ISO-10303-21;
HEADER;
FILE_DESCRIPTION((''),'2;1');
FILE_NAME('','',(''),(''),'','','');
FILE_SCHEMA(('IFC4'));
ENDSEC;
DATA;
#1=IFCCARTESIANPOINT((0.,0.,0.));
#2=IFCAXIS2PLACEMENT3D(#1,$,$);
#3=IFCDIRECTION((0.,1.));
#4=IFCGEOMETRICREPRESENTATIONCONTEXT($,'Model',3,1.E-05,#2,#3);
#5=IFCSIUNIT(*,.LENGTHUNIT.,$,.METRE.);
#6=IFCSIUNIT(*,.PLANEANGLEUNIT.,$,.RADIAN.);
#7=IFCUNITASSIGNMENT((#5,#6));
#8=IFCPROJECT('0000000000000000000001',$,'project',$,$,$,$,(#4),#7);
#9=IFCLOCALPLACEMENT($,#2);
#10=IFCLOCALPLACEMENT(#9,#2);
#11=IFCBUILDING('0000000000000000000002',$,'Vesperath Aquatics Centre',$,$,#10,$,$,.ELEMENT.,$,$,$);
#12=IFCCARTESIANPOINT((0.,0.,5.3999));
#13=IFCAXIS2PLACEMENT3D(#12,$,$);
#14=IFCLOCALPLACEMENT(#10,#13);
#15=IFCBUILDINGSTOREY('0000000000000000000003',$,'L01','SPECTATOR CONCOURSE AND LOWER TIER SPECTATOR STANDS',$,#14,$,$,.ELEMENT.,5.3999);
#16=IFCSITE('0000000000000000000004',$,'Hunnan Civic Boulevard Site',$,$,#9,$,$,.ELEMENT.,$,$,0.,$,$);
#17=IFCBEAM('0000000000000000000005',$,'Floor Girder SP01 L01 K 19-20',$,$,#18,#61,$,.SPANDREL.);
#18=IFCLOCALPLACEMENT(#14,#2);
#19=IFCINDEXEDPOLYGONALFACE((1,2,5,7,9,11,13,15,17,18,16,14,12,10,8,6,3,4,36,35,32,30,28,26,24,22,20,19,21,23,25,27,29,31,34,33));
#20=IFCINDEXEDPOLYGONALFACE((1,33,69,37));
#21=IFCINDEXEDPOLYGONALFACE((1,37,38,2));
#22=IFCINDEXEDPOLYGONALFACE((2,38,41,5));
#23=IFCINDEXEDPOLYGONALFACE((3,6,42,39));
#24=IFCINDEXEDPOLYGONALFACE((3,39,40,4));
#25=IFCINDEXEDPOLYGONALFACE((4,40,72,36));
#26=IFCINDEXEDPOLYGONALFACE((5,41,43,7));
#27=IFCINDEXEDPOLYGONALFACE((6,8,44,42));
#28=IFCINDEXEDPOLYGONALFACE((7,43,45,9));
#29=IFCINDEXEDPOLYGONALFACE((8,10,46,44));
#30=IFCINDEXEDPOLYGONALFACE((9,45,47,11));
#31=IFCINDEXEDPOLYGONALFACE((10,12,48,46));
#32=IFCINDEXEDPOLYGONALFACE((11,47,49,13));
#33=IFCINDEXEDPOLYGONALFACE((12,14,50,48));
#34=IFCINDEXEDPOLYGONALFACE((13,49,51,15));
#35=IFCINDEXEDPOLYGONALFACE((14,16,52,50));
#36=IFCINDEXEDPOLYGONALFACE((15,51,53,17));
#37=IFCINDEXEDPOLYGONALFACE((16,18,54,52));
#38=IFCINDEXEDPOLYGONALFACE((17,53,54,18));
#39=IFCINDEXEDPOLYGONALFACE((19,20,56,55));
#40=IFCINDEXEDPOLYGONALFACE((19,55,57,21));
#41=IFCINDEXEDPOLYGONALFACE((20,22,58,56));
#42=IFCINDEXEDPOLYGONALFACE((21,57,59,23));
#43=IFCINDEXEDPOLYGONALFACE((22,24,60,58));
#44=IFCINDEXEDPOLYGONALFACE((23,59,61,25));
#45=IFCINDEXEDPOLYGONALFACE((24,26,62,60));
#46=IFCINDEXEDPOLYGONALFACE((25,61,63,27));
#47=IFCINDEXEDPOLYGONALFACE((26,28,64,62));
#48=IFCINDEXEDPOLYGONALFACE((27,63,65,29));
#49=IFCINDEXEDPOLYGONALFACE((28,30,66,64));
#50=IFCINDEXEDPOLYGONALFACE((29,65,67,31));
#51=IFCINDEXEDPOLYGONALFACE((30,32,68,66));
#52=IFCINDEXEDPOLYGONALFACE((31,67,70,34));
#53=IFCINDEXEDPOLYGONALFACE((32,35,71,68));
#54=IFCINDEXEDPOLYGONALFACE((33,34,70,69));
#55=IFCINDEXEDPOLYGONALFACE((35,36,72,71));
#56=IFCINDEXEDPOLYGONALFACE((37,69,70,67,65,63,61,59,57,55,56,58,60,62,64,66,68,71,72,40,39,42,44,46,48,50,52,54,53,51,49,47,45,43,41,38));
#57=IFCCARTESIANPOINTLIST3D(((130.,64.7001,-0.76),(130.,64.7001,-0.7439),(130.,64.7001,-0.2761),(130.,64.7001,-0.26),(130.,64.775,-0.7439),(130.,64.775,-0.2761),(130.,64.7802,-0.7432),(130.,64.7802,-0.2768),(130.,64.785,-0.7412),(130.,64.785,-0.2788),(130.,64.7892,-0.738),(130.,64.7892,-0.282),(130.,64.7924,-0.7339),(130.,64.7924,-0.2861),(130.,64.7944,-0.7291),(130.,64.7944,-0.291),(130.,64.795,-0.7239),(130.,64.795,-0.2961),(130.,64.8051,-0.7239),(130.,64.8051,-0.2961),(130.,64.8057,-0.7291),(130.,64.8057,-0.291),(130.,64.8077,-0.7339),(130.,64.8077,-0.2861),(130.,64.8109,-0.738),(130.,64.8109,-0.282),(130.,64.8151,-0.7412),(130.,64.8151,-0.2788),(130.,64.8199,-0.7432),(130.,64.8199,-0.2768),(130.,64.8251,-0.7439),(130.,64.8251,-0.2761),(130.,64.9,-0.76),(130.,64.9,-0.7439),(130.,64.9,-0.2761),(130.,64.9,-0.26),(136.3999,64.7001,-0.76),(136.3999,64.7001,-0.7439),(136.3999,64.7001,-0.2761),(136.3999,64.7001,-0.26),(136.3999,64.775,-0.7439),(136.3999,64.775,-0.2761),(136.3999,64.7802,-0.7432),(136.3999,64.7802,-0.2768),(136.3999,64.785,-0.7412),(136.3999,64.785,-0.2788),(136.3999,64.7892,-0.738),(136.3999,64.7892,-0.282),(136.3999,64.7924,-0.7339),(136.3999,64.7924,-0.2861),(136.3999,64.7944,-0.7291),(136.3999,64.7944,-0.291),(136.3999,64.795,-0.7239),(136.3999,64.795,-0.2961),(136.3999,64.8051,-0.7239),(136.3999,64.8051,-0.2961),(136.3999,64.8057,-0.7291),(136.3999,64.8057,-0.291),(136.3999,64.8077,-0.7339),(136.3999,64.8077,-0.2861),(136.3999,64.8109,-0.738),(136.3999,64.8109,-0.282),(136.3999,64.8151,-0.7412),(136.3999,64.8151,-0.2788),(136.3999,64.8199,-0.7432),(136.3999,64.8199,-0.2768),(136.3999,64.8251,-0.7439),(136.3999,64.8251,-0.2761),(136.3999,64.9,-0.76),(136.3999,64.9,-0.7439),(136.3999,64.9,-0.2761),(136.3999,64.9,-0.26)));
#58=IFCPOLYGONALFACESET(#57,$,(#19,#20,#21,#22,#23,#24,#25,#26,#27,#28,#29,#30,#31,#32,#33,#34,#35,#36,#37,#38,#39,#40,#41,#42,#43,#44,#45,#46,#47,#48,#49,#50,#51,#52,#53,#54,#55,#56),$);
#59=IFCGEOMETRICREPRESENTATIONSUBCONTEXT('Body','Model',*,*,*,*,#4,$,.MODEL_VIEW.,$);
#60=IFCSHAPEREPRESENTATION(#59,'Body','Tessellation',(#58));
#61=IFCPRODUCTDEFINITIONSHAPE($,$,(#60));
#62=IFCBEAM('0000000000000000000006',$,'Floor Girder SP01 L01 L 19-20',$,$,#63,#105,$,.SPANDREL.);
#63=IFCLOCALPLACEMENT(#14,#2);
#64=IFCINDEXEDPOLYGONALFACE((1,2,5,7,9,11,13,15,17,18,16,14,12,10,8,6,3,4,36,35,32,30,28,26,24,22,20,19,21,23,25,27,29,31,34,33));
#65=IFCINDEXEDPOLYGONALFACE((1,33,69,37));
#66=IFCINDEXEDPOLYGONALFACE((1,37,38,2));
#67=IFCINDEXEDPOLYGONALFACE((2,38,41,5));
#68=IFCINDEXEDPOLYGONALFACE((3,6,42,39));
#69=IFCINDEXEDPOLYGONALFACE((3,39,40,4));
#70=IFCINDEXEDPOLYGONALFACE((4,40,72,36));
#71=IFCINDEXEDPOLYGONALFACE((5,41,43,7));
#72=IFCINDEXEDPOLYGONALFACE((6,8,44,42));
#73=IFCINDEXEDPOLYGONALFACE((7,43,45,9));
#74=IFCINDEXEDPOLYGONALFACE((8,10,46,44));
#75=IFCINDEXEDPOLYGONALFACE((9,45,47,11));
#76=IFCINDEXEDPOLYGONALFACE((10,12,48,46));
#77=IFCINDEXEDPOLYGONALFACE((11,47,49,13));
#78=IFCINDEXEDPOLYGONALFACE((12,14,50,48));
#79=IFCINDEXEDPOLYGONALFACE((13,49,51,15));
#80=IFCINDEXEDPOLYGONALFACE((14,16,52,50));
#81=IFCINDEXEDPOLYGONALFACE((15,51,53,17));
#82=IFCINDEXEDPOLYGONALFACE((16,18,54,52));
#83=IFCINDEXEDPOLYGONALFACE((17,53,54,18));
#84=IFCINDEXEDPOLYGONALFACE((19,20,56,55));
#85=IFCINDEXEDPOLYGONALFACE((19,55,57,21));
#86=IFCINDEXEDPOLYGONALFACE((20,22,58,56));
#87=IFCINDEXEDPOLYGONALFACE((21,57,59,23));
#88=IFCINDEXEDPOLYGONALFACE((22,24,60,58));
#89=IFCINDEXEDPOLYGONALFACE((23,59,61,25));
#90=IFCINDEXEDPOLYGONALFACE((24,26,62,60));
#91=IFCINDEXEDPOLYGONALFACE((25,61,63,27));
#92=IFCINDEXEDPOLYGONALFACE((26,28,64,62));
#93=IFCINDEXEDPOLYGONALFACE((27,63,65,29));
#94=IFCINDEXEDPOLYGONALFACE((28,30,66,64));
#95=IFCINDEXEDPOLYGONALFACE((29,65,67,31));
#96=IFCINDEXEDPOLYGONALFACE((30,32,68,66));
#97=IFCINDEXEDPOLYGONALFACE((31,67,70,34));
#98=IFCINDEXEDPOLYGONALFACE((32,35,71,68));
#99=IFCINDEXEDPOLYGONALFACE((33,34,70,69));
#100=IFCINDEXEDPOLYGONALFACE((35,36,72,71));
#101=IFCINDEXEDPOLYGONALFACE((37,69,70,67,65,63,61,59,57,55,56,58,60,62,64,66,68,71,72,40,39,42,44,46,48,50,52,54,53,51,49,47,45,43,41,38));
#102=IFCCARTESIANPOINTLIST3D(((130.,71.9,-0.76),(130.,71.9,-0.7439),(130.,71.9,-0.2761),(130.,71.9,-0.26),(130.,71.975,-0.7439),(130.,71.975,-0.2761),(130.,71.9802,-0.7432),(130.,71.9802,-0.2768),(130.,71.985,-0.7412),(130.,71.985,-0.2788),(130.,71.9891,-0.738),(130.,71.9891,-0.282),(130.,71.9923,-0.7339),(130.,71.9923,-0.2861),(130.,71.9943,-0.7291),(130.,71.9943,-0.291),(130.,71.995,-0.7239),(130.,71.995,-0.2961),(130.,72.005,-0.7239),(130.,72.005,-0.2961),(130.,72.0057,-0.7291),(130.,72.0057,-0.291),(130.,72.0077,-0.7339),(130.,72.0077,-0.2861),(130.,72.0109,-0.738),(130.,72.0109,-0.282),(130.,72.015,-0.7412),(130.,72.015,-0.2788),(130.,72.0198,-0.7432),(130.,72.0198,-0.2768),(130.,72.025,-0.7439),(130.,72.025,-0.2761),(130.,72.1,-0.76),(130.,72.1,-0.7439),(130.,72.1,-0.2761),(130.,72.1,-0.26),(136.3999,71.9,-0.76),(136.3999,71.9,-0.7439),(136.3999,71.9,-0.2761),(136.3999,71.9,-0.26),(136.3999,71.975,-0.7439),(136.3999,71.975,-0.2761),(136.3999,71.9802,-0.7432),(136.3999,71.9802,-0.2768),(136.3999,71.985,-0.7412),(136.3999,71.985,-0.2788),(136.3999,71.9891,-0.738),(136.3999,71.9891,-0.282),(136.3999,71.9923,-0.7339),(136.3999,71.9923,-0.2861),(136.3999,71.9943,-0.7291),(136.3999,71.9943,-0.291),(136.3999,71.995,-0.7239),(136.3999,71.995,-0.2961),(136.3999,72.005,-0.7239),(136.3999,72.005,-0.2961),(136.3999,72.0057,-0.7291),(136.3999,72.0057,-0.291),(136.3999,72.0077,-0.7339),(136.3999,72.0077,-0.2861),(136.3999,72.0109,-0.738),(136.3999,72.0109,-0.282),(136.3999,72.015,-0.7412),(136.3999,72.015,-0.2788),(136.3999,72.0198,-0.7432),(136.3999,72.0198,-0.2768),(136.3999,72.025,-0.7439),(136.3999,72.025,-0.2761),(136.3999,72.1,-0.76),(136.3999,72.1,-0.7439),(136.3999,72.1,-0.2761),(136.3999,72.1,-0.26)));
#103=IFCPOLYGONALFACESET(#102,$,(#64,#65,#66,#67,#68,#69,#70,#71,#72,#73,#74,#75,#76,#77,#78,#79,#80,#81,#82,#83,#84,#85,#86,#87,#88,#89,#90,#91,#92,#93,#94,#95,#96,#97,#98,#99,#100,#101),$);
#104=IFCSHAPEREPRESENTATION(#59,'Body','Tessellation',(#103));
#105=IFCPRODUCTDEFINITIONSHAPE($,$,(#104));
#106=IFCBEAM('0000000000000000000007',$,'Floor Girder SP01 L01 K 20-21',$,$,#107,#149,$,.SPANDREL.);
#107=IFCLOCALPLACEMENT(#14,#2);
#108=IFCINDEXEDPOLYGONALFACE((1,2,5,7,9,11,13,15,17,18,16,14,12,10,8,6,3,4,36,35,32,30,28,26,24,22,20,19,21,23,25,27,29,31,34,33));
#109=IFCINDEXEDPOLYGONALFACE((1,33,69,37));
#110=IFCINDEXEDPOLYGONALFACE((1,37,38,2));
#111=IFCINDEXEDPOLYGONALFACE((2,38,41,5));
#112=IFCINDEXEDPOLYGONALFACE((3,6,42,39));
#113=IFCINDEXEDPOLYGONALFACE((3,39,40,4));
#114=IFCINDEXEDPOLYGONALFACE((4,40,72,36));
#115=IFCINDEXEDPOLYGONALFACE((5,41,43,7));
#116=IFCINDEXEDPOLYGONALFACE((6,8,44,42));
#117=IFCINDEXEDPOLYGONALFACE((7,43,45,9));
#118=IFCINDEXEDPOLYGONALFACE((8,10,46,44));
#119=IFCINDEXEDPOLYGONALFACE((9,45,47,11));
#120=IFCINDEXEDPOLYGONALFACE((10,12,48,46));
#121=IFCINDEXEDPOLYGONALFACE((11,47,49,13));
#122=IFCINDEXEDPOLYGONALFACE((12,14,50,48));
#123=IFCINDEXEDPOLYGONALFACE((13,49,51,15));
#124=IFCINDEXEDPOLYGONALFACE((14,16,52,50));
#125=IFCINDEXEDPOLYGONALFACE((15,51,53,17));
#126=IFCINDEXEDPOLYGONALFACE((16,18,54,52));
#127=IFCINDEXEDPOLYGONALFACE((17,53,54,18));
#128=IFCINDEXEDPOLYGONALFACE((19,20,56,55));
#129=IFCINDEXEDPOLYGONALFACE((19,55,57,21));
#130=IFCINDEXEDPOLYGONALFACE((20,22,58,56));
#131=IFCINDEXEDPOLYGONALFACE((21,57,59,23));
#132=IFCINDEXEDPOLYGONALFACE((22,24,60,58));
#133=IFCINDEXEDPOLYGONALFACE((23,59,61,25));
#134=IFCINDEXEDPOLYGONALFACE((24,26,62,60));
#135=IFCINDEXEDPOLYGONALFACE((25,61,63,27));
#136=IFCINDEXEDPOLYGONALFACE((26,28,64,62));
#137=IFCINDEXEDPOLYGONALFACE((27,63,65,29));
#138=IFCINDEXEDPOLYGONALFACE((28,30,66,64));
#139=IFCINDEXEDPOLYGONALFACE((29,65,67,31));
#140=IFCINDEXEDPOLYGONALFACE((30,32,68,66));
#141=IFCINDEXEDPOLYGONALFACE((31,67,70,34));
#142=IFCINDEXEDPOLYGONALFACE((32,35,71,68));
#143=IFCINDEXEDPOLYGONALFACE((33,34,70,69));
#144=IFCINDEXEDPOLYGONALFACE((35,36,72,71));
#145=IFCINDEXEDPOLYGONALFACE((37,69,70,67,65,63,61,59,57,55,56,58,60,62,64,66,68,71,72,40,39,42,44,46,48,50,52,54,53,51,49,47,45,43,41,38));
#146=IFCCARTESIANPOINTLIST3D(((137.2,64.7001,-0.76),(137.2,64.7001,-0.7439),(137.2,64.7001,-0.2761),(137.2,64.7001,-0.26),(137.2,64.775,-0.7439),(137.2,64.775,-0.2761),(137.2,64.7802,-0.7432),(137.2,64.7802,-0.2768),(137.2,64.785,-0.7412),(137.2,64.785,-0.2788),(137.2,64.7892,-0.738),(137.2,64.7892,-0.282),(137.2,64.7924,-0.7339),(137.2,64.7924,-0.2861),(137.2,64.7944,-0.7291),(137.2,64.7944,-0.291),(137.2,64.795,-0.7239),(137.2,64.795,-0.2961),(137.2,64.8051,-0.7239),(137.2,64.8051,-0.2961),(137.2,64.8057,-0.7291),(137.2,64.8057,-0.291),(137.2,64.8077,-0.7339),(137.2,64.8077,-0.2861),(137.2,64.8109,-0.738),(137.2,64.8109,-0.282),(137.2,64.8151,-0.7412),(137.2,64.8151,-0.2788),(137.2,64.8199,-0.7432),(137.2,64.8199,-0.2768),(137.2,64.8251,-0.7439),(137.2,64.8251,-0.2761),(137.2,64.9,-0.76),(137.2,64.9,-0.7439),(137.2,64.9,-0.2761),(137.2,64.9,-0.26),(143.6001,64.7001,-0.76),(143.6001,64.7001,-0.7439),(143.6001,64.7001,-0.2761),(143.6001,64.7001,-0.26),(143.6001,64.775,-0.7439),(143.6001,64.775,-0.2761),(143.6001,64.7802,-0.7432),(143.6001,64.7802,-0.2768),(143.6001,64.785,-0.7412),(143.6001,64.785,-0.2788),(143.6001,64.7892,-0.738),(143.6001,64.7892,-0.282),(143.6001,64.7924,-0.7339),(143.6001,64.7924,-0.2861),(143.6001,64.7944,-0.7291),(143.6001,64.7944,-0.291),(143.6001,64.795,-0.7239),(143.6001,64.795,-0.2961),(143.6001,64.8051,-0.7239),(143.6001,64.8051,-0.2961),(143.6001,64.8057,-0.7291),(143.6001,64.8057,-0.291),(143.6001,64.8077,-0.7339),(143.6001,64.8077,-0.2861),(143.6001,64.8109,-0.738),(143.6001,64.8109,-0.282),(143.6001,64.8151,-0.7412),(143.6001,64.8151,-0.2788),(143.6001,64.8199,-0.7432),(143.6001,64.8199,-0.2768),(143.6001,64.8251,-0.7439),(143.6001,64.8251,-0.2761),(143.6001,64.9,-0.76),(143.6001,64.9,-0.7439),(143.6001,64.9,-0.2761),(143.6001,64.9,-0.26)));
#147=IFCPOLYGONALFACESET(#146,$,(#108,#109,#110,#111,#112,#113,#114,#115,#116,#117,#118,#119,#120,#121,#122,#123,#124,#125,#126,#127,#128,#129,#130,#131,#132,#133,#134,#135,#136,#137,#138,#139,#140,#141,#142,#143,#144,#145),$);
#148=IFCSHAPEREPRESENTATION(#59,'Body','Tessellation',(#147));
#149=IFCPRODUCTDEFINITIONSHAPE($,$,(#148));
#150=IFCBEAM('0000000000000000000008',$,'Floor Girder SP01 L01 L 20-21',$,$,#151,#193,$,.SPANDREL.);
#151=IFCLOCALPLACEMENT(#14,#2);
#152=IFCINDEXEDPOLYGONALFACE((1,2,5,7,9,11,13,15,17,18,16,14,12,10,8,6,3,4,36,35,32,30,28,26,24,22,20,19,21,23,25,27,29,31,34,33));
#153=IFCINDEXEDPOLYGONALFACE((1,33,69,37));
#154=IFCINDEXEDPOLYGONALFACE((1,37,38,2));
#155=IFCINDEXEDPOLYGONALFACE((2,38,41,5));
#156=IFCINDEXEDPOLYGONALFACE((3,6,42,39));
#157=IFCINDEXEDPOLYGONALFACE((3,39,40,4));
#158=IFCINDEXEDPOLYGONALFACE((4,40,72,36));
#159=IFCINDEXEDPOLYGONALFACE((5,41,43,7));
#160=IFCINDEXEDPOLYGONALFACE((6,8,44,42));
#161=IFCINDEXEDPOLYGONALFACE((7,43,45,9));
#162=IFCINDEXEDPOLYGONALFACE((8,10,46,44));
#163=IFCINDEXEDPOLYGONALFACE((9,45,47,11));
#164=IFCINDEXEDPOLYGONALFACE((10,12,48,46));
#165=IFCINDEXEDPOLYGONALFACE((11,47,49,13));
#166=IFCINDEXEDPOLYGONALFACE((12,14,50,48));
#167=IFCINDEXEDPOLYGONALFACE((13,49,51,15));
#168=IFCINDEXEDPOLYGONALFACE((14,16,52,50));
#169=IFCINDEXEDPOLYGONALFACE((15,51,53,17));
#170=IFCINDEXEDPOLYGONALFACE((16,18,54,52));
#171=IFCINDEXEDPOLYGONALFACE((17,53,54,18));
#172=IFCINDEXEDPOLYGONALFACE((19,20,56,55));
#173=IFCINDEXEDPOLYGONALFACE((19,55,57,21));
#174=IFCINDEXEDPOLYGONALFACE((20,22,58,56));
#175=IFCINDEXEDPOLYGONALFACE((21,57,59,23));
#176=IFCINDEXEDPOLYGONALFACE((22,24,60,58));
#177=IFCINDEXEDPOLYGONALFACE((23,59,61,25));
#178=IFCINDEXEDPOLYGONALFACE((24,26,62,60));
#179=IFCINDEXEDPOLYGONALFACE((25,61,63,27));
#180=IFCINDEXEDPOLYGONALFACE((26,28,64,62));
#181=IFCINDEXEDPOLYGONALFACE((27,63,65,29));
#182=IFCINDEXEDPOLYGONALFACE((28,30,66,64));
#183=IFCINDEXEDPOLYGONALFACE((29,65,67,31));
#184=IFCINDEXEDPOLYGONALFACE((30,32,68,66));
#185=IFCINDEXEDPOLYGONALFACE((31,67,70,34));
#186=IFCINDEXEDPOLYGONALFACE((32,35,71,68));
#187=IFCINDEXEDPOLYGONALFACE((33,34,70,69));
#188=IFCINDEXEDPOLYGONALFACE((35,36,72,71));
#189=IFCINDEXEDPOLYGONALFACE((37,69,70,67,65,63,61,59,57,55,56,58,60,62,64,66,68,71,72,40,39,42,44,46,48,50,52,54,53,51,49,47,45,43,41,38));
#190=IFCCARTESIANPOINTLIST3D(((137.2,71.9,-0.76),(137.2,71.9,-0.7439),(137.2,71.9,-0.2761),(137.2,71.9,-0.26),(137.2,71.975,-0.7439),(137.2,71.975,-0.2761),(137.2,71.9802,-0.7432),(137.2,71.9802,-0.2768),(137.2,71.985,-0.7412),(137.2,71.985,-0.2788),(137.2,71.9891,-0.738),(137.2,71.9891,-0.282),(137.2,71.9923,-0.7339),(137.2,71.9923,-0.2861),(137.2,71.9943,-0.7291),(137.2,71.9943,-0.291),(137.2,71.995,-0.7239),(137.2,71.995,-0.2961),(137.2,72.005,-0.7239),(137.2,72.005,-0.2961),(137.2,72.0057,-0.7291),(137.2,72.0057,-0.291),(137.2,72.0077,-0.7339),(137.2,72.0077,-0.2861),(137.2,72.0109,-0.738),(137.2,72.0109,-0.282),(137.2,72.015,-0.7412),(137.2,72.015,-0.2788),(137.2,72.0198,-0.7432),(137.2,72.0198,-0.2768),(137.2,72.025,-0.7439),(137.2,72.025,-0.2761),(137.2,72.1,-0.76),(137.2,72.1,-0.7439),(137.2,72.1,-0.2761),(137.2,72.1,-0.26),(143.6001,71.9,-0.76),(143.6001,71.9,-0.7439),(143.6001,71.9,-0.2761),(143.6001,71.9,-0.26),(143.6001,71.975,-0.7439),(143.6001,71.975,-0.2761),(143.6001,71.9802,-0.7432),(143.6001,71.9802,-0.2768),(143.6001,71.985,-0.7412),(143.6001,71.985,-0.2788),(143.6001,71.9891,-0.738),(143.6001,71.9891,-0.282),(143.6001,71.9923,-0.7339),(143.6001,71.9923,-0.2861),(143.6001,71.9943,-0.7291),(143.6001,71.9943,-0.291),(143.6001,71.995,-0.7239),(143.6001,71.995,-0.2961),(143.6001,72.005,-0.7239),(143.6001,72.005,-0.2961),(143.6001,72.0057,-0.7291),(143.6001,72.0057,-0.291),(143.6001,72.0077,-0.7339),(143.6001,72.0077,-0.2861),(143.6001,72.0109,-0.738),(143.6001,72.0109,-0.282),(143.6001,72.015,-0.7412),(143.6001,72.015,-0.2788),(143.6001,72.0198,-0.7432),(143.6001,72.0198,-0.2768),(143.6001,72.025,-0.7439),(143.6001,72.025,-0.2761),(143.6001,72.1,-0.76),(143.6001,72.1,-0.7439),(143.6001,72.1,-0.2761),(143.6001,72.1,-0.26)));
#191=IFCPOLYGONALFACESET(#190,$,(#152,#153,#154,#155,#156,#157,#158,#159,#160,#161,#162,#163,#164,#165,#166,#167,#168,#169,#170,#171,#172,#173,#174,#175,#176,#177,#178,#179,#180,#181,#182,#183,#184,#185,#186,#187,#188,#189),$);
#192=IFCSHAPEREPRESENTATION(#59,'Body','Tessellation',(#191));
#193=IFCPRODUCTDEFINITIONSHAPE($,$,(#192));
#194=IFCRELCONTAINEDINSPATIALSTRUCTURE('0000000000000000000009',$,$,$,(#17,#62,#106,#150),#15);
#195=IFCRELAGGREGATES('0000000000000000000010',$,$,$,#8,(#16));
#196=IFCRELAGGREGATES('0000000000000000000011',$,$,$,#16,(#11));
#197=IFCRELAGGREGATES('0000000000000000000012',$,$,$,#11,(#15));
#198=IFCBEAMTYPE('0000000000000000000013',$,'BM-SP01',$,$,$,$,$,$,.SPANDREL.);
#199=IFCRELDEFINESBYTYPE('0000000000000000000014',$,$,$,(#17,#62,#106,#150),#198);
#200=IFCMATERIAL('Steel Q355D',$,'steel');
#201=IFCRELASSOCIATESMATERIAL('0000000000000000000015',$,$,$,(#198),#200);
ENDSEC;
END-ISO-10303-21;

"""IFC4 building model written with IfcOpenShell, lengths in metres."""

from ifc_helpers import new_model, si_unit, direction, frame, origin, origin_2d, place, context, subcontext, project, spatial, i_section, extrude, material, material_profile, profile_set, type_object, element, save


model = new_model("IFC4")

# Units and contexts
model_context = context("Model", 3, precision=1e-05, world=origin(), true_north=direction((0.0, 1.0)))
body_context = subcontext(model_context, "Body", "Model", "MODEL_VIEW")
ifc_project = project(units=[si_unit("LENGTHUNIT", "METRE"), si_unit("PLANEANGLEUNIT", "RADIAN")], contexts=[model_context])

# Site, building, storey
site_placement = place(None, origin())
site = spatial("IfcSite", under=ifc_project, at=site_placement, Name="Hunnan Civic Boulevard Site", CompositionType="ELEMENT", RefElevation=0.0)
building_placement = place(site_placement, origin())
building = spatial("IfcBuilding", under=site, at=building_placement, Name="Vesperath Aquatics Centre", CompositionType="ELEMENT")
storey_placement = place(building_placement, frame((0.0, 0.0, 5.3999)))
storey = spatial("IfcBuildingStorey", under=building, at=storey_placement, Name="L01", Description="SPECTATOR CONCOURSE AND LOWER TIER SPECTATOR STANDS", CompositionType="ELEMENT", Elevation=5.3999)

# Shared definitions
ifc_material_1 = material(Name="Steel Q355D", Category="steel")

# Beams
ifc_material_profile_1 = material_profile(ifc_material_1, i_section(OverallWidth=0.2, OverallDepth=0.5, WebThickness=0.01, FlangeThickness=0.0161, FilletRadius=0.02, at=origin_2d()), Name="HN 500x200x10x16")
ifc_profile_set_1 = profile_set([ifc_material_profile_1], Name="Steel Q355D")
beam_type_1 = type_object("IfcBeamType", Name="BM-SP01", PredefinedType="SPANDREL", material=ifc_profile_set_1)
for number, where, z_axis, x_axis, name in (
    (1, (130.0, 64.8, -0.51), (1.0, 0.0, 0.0), (0.0, 1.0, 0.0), "Floor Girder SP01 L01 K 19-20"),
    (2, (130.0, 72.0, -0.51), (1.0, 0.0, 0.0), (0.0, 1.0, 0.0), "Floor Girder SP01 L01 L 19-20"),
):
    element("IfcBeam", number, at=place(storey_placement, frame(where, z_axis=z_axis, x_axis=x_axis)), inside=storey, type_object=beam_type_1, Name=name, PredefinedType="SPANDREL", context=body_context, shape_type="SweptSolid", body=[
        extrude(i_section(OverallWidth=0.2, OverallDepth=0.5, WebThickness=0.01, FlangeThickness=0.0161, FilletRadius=0.02, at=origin_2d()), origin(), (0.0, 0.0, 1.0), 6.3999),
    ])
for number, where, z_axis, x_axis, name in (
    (3, (137.2, 64.8, -0.51), (1.0, 0.0, 0.0), (0.0, 1.0, 0.0), "Floor Girder SP01 L01 K 20-21"),
    (4, (137.2, 72.0, -0.51), (1.0, 0.0, 0.0), (0.0, 1.0, 0.0), "Floor Girder SP01 L01 L 20-21"),
):
    element("IfcBeam", number, at=place(storey_placement, frame(where, z_axis=z_axis, x_axis=x_axis)), inside=storey, type_object=beam_type_1, Name=name, PredefinedType="SPANDREL", context=body_context, shape_type="SweptSolid", body=[
        extrude(i_section(OverallWidth=0.2, OverallDepth=0.5, WebThickness=0.01, FlangeThickness=0.0161, FilletRadius=0.02, at=origin_2d()), origin(), (0.0, 0.0, 1.0), 6.4001),
    ])

save(model, "model.ifc")
